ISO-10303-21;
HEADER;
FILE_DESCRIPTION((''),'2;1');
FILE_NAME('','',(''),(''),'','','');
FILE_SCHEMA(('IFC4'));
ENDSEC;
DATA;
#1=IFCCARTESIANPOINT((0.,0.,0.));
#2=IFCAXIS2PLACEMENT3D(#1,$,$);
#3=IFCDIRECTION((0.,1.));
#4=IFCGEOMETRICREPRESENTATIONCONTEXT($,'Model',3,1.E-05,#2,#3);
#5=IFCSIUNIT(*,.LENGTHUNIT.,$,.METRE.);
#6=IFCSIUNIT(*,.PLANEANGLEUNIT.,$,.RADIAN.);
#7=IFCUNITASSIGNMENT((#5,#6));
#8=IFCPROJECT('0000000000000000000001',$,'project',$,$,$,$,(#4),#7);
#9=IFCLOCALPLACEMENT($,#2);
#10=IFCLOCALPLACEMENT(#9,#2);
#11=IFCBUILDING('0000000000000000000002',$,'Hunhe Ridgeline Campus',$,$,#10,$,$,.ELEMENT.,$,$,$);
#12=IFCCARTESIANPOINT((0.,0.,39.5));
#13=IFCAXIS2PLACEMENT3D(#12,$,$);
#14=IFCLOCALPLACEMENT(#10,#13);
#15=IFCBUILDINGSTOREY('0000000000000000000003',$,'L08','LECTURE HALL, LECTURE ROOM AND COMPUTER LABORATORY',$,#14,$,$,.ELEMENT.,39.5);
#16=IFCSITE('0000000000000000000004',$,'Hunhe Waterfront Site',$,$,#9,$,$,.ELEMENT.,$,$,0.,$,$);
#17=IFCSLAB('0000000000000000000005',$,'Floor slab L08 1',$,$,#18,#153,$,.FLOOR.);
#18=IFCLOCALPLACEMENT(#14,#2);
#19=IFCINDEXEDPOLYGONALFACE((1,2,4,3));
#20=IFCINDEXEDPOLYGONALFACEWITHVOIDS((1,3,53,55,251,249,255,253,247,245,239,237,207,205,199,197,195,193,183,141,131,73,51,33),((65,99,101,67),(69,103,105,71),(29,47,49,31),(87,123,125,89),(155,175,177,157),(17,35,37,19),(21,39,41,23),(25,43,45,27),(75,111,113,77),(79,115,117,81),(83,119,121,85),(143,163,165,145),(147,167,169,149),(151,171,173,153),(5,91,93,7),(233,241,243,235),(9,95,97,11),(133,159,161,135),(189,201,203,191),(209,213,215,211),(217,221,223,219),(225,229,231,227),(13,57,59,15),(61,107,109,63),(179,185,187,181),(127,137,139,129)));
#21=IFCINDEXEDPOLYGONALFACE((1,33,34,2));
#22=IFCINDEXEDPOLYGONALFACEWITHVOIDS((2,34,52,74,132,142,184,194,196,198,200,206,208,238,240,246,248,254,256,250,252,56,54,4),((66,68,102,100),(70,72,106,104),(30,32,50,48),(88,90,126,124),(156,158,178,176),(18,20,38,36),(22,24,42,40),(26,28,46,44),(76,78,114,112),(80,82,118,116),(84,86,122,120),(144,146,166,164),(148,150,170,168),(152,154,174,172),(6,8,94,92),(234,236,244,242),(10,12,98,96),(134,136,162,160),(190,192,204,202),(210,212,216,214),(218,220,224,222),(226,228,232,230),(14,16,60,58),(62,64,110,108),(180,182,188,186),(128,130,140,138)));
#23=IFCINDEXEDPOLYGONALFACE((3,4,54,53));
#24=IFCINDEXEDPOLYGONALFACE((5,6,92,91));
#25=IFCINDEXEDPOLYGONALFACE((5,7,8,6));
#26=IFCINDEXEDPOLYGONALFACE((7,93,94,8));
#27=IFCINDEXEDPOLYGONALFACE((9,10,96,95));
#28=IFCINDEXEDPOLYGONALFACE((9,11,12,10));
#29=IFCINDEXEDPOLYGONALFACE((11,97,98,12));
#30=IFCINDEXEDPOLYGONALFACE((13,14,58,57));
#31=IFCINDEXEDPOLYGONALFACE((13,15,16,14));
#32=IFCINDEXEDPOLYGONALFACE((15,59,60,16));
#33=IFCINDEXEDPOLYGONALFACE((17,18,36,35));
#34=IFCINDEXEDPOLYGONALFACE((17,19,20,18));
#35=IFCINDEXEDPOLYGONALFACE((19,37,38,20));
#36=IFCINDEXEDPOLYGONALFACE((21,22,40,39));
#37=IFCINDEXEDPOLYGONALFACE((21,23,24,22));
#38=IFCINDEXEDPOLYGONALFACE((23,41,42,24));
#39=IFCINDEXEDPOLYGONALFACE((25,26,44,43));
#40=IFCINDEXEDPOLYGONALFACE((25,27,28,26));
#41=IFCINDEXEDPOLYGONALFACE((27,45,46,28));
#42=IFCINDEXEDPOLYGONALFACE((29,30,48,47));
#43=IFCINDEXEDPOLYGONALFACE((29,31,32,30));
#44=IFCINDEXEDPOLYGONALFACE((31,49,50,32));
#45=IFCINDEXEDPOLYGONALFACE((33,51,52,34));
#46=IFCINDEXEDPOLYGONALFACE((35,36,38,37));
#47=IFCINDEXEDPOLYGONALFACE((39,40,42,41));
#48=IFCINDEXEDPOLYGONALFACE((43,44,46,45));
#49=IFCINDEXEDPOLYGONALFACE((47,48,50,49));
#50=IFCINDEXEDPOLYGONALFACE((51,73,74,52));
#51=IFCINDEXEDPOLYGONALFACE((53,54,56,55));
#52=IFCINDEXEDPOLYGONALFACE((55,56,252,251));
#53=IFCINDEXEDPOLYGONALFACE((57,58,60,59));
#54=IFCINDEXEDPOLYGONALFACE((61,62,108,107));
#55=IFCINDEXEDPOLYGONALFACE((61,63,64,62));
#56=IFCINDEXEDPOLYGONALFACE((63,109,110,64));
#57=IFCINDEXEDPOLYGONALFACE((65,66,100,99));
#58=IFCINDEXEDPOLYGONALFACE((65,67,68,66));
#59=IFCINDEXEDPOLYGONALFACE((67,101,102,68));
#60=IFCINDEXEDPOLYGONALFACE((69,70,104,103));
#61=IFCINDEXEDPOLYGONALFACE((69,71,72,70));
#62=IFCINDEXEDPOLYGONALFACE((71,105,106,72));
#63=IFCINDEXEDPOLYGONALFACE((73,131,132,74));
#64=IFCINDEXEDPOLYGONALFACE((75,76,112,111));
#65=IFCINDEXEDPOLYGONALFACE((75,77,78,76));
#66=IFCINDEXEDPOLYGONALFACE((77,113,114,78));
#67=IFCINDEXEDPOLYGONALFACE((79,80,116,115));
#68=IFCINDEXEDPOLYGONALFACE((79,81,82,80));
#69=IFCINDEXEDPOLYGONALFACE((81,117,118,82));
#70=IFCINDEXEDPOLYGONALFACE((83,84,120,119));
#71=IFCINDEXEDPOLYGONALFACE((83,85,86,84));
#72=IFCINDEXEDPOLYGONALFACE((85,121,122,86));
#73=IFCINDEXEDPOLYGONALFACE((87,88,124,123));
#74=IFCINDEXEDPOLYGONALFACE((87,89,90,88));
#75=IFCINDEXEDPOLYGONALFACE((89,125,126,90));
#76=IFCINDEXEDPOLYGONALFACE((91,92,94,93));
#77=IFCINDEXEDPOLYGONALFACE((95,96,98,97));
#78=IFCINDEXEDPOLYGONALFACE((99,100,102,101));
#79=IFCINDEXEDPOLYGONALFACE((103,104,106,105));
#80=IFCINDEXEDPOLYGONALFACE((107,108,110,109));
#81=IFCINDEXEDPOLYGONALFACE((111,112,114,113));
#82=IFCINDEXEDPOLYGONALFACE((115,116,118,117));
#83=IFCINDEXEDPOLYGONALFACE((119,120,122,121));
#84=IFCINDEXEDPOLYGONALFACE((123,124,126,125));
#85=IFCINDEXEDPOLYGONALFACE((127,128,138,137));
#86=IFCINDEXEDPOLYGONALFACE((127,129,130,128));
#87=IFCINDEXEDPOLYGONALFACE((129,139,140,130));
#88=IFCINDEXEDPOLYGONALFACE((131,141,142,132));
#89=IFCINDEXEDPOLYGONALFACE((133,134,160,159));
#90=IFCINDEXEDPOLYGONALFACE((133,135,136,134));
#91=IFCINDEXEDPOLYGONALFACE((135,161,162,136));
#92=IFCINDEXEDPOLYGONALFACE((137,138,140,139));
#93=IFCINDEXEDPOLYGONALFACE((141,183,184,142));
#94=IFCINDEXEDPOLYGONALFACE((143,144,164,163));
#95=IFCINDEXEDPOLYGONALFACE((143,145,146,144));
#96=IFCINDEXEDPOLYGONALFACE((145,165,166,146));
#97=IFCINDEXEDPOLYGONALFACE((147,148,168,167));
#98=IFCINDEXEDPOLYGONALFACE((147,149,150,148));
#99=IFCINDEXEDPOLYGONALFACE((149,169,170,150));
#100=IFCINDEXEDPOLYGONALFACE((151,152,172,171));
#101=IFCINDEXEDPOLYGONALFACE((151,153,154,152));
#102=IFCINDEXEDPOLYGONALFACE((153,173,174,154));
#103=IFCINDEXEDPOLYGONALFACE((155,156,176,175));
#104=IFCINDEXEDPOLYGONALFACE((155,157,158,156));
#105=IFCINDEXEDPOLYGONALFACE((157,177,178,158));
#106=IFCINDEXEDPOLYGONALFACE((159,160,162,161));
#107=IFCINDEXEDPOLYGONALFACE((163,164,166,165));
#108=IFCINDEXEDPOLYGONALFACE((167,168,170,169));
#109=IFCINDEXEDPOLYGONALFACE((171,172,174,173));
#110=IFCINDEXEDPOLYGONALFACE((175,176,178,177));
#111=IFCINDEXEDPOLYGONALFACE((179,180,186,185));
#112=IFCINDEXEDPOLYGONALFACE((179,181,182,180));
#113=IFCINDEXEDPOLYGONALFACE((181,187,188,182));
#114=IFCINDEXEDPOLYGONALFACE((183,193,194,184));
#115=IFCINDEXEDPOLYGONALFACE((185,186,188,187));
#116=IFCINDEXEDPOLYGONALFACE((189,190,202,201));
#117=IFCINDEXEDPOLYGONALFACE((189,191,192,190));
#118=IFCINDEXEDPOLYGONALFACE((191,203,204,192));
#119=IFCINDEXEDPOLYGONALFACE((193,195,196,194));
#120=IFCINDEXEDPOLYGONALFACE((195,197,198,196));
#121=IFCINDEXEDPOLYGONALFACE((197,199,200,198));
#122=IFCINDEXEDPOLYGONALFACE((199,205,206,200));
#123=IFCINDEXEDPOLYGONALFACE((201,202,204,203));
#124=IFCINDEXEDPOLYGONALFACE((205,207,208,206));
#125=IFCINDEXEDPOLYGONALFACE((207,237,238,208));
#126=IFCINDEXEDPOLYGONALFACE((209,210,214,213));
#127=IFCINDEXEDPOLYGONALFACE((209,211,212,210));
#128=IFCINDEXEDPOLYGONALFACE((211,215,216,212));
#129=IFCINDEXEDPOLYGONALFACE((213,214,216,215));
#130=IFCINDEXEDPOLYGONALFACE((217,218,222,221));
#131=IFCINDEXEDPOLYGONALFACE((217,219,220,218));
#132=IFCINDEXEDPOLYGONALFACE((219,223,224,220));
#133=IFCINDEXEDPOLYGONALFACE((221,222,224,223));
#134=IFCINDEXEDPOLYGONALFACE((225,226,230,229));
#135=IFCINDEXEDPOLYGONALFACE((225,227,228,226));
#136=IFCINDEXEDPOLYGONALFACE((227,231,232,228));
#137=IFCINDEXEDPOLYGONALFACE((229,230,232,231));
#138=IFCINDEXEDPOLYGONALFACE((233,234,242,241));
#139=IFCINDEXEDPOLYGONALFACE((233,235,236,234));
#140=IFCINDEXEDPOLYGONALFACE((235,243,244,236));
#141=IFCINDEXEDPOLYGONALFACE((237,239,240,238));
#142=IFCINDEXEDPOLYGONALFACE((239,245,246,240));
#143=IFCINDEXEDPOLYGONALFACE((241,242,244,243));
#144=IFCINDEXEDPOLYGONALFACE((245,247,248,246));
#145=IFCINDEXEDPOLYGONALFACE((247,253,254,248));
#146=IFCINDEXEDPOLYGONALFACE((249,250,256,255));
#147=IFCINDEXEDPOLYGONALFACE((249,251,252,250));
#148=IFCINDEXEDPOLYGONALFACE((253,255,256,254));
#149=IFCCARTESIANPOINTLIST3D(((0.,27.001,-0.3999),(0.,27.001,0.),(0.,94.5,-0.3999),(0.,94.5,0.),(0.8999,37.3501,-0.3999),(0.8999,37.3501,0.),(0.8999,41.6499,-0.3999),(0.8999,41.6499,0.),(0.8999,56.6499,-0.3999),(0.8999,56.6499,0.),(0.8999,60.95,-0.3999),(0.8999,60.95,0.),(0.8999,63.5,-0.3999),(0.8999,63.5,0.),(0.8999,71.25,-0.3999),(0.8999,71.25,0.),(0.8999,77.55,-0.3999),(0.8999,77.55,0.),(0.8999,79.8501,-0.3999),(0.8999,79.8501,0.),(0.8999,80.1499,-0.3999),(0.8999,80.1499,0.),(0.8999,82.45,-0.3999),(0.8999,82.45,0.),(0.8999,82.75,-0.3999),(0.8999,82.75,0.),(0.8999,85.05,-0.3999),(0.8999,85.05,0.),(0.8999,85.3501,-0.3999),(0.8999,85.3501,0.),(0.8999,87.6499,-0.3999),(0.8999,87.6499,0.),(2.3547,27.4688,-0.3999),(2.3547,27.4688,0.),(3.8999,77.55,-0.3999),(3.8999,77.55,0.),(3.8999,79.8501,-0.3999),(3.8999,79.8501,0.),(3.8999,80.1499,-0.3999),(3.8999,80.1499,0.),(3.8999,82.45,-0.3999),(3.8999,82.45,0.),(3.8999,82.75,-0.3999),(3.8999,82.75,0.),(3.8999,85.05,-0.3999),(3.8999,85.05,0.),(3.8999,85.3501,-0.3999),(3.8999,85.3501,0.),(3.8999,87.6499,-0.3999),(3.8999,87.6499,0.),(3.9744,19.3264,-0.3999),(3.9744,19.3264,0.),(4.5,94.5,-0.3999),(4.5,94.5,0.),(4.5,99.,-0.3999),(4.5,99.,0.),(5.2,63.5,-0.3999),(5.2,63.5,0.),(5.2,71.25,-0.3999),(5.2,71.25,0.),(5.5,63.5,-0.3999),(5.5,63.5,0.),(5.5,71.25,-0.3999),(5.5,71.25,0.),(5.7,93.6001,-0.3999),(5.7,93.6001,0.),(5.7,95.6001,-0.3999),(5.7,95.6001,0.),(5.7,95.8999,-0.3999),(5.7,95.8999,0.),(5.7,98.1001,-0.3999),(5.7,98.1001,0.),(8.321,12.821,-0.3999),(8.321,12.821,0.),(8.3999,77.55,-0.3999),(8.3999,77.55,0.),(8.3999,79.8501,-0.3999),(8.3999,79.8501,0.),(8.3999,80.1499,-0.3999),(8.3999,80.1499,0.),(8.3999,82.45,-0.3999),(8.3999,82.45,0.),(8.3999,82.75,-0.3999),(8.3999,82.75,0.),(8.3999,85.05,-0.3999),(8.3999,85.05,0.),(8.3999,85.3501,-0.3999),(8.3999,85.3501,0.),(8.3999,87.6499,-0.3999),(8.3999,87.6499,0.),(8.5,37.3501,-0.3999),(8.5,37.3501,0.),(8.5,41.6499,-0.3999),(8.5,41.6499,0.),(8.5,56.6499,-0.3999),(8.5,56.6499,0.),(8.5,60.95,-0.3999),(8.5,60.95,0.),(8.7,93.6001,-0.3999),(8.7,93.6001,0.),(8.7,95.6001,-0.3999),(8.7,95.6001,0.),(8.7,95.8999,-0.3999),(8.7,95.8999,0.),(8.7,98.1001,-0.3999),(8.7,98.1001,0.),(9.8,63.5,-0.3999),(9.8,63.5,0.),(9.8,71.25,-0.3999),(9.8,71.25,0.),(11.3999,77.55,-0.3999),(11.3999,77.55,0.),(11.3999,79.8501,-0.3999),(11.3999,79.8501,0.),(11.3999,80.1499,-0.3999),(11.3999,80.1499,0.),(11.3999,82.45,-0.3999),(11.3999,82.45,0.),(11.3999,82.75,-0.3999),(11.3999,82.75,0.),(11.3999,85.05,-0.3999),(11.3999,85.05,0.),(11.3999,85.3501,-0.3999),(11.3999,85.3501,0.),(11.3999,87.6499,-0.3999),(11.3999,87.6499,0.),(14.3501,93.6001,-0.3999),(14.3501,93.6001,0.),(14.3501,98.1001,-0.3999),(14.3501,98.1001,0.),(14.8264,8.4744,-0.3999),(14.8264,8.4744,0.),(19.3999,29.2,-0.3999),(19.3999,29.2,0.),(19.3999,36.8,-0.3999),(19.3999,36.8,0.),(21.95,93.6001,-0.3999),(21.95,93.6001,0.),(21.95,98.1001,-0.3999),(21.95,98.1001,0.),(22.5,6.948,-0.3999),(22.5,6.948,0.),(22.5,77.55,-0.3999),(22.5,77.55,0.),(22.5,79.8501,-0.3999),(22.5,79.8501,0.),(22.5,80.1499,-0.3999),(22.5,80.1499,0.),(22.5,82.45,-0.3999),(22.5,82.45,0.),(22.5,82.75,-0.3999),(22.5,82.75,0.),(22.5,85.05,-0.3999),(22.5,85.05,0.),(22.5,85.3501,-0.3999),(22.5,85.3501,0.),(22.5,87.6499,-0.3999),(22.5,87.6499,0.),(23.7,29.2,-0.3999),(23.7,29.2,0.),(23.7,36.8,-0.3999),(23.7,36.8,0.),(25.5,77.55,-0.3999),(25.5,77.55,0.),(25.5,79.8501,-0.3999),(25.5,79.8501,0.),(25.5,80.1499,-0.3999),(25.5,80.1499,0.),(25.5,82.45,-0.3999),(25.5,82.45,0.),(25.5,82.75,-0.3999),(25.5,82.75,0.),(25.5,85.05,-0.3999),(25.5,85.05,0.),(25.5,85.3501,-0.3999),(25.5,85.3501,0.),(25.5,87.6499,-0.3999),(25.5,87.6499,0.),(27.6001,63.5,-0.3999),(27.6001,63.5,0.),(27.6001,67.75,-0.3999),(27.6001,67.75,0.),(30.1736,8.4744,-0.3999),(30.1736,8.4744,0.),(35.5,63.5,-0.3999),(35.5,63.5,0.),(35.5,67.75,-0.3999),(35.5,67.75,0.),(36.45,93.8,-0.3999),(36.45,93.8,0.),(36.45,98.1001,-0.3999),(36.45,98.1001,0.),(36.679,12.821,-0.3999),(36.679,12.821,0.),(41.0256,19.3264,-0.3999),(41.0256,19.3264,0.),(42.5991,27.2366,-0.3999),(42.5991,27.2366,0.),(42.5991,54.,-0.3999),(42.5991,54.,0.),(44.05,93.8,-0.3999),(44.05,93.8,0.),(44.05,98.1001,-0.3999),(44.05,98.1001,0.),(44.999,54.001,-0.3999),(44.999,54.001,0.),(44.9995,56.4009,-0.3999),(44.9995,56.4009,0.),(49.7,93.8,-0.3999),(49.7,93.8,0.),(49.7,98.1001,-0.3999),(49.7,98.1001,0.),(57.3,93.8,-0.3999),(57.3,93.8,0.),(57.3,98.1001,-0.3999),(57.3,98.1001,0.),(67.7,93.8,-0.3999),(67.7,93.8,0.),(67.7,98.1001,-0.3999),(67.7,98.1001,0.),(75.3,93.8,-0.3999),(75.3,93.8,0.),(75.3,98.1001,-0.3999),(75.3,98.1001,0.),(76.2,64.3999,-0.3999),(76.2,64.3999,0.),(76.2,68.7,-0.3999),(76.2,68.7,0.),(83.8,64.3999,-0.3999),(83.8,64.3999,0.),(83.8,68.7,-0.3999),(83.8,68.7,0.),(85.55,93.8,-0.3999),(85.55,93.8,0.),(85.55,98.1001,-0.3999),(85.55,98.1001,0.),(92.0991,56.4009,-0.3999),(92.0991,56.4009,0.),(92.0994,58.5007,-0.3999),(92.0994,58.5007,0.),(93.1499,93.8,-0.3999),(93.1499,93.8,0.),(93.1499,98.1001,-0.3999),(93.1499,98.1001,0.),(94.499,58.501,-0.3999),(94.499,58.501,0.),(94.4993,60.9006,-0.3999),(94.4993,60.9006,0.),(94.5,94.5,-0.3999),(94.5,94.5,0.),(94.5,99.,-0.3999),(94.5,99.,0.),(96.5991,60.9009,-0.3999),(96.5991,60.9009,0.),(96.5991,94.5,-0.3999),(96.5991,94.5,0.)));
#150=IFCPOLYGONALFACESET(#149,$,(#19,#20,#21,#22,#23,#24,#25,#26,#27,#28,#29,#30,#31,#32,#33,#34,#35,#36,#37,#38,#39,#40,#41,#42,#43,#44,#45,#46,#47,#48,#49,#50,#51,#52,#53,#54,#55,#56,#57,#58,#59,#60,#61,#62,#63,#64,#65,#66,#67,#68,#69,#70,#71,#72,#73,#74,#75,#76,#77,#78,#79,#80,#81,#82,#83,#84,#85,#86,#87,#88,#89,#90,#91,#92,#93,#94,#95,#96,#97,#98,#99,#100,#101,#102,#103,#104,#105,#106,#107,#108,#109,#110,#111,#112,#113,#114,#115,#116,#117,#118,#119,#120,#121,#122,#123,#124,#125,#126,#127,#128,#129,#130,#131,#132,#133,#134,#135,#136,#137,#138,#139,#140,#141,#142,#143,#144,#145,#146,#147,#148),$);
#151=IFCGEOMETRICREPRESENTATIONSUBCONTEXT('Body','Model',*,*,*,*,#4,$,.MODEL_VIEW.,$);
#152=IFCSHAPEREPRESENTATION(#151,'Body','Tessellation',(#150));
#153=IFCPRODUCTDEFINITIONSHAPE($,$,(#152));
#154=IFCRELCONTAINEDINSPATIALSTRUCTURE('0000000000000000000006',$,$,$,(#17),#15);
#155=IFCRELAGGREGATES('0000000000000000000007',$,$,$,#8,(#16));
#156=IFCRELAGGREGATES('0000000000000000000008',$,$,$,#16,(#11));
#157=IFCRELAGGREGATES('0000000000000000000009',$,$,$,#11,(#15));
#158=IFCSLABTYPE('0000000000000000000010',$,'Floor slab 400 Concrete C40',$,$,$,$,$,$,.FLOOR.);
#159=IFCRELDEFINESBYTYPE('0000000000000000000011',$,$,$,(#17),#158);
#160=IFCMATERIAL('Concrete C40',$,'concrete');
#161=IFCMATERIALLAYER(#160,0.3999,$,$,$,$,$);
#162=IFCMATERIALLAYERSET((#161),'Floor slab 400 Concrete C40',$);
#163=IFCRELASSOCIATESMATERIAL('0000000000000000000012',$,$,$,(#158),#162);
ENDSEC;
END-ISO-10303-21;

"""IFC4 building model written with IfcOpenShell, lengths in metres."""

from ifc_helpers import new_model, si_unit, direction, frame, origin, place, context, subcontext, project, spatial, polyline, outline, extrude, material, layer, layer_set, type_object, element, save


model = new_model("IFC4")

# Units and contexts
model_context = context("Model", 3, precision=1e-05, world=origin(), true_north=direction((0.0, 1.0)))
body_context = subcontext(model_context, "Body", "Model", "MODEL_VIEW")
ifc_project = project(units=[si_unit("LENGTHUNIT", "METRE"), si_unit("PLANEANGLEUNIT", "RADIAN")], contexts=[model_context])

# Site, building, storey
site_placement = place(None, origin())
site = spatial("IfcSite", under=ifc_project, at=site_placement, Name="Hunhe Waterfront Site", CompositionType="ELEMENT", RefElevation=0.0)
building_placement = place(site_placement, origin())
building = spatial("IfcBuilding", under=site, at=building_placement, Name="Hunhe Ridgeline Campus", CompositionType="ELEMENT")
storey_placement = place(building_placement, frame((0.0, 0.0, 39.5)))
storey = spatial("IfcBuildingStorey", under=building, at=storey_placement, Name="L08", Description="LECTURE HALL, LECTURE ROOM AND COMPUTER LABORATORY", CompositionType="ELEMENT", Elevation=39.5)

# Slab
ifc_material_1 = material(Name="Concrete C40", Category="concrete")
ifc_layer_1 = layer(ifc_material_1, 0.3999)
ifc_layer_set_1 = layer_set([ifc_layer_1], Name="Floor slab 400 Concrete C40")
slab_type_1 = type_object("IfcSlabType", Name="Floor slab 400 Concrete C40", PredefinedType="FLOOR", material=ifc_layer_set_1)
slab_1_placement = place(storey_placement, frame((0.0, 0.0, -0.3999)))
element("IfcSlab", 1, at=slab_1_placement, inside=storey, type_object=slab_type_1, Name="Floor slab L08 1", PredefinedType="FLOOR", context=body_context, shape_type="SweptSolid", body=[
    extrude(outline(polyline([(4.5, 94.5), (0.0, 94.5), (0.0, 27.001), (2.3547, 27.4688), (3.9744, 19.3264), (8.321, 12.821), (14.8264, 8.4744), (22.5, 6.948), (30.1736, 8.4744), (36.679, 12.821), (41.0256, 19.3264), (42.5991, 27.2366), (42.5991, 54.0), (44.999, 54.001), (44.9995, 56.4009), (92.0991, 56.4009), (92.0994, 58.5007), (94.499, 58.501), (94.4993, 60.9006), (96.5991, 60.9009), (96.5991, 94.5), (94.5, 94.5), (94.5, 99.0), (4.5, 99.0), (4.5, 94.5)]), holes=[polyline([(93.1499, 93.8), (93.1499, 98.1001), (85.55, 98.1001), (85.55, 93.8), (93.1499, 93.8)]), polyline([(76.2, 68.7), (76.2, 64.3999), (83.8, 64.3999), (83.8, 68.7), (76.2, 68.7)]), polyline([(75.3, 98.1001), (67.7, 98.1001), (67.7, 93.8), (75.3, 93.8), (75.3, 98.1001)]), polyline([(49.7, 98.1001), (49.7, 93.8), (57.3, 93.8), (57.3, 98.1001), (49.7, 98.1001)]), polyline([(36.45, 93.8), (44.05, 93.8), (44.05, 98.1001), (36.45, 98.1001), (36.45, 93.8)]), polyline([(35.5, 63.5), (35.5, 67.75), (27.6001, 67.75), (27.6001, 63.5), (35.5, 63.5)]), polyline([(25.5, 80.1499), (25.5, 82.45), (22.5, 82.45), (22.5, 80.1499), (25.5, 80.1499)]), polyline([(25.5, 79.8501), (22.5, 79.8501), (22.5, 77.55), (25.5, 77.55), (25.5, 79.8501)]), polyline([(22.5, 87.6499), (22.5, 85.3501), (25.5, 85.3501), (25.5, 87.6499), (22.5, 87.6499)]), polyline([(22.5, 82.75), (25.5, 82.75), (25.5, 85.05), (22.5, 85.05), (22.5, 82.75)]), polyline([(23.7, 29.2), (23.7, 36.8), (19.3999, 36.8), (19.3999, 29.2), (23.7, 29.2)]), polyline([(14.3501, 93.6001), (21.95, 93.6001), (21.95, 98.1001), (14.3501, 98.1001), (14.3501, 93.6001)]), polyline([(11.3999, 79.8501), (8.3999, 79.8501), (8.3999, 77.55), (11.3999, 77.55), (11.3999, 79.8501)]), polyline([(11.3999, 80.1499), (11.3999, 82.45), (8.3999, 82.45), (8.3999, 80.1499), (11.3999, 80.1499)]), polyline([(8.3999, 87.6499), (8.3999, 85.3501), (11.3999, 85.3501), (11.3999, 87.6499), (8.3999, 87.6499)]), polyline([(8.3999, 82.75), (11.3999, 82.75), (11.3999, 85.05), (8.3999, 85.05), (8.3999, 82.75)]), polyline([(9.8, 71.25), (5.5, 71.25), (5.5, 63.5), (9.8, 63.5), (9.8, 71.25)]), polyline([(8.7, 95.8999), (8.7, 98.1001), (5.7, 98.1001), (5.7, 95.8999), (8.7, 95.8999)]), polyline([(8.7, 95.6001), (5.7, 95.6001), (5.7, 93.6001), (8.7, 93.6001), (8.7, 95.6001)]), polyline([(0.8999, 37.3501), (8.5, 37.3501), (8.5, 41.6499), (0.8999, 41.6499), (0.8999, 37.3501)]), polyline([(0.8999, 60.95), (0.8999, 56.6499), (8.5, 56.6499), (8.5, 60.95), (0.8999, 60.95)]), polyline([(0.8999, 71.25), (0.8999, 63.5), (5.2, 63.5), (5.2, 71.25), (0.8999, 71.25)]), polyline([(3.8999, 80.1499), (3.8999, 82.45), (0.8999, 82.45), (0.8999, 80.1499), (3.8999, 80.1499)]), polyline([(3.8999, 79.8501), (0.8999, 79.8501), (0.8999, 77.55), (3.8999, 77.55), (3.8999, 79.8501)]), polyline([(0.8999, 87.6499), (0.8999, 85.3501), (3.8999, 85.3501), (3.8999, 87.6499), (0.8999, 87.6499)]), polyline([(0.8999, 82.75), (3.8999, 82.75), (3.8999, 85.05), (0.8999, 85.05), (0.8999, 82.75)])]), origin(), (0.0, 0.0, 1.0), 0.3999),
])

save(model, "model.ifc")
